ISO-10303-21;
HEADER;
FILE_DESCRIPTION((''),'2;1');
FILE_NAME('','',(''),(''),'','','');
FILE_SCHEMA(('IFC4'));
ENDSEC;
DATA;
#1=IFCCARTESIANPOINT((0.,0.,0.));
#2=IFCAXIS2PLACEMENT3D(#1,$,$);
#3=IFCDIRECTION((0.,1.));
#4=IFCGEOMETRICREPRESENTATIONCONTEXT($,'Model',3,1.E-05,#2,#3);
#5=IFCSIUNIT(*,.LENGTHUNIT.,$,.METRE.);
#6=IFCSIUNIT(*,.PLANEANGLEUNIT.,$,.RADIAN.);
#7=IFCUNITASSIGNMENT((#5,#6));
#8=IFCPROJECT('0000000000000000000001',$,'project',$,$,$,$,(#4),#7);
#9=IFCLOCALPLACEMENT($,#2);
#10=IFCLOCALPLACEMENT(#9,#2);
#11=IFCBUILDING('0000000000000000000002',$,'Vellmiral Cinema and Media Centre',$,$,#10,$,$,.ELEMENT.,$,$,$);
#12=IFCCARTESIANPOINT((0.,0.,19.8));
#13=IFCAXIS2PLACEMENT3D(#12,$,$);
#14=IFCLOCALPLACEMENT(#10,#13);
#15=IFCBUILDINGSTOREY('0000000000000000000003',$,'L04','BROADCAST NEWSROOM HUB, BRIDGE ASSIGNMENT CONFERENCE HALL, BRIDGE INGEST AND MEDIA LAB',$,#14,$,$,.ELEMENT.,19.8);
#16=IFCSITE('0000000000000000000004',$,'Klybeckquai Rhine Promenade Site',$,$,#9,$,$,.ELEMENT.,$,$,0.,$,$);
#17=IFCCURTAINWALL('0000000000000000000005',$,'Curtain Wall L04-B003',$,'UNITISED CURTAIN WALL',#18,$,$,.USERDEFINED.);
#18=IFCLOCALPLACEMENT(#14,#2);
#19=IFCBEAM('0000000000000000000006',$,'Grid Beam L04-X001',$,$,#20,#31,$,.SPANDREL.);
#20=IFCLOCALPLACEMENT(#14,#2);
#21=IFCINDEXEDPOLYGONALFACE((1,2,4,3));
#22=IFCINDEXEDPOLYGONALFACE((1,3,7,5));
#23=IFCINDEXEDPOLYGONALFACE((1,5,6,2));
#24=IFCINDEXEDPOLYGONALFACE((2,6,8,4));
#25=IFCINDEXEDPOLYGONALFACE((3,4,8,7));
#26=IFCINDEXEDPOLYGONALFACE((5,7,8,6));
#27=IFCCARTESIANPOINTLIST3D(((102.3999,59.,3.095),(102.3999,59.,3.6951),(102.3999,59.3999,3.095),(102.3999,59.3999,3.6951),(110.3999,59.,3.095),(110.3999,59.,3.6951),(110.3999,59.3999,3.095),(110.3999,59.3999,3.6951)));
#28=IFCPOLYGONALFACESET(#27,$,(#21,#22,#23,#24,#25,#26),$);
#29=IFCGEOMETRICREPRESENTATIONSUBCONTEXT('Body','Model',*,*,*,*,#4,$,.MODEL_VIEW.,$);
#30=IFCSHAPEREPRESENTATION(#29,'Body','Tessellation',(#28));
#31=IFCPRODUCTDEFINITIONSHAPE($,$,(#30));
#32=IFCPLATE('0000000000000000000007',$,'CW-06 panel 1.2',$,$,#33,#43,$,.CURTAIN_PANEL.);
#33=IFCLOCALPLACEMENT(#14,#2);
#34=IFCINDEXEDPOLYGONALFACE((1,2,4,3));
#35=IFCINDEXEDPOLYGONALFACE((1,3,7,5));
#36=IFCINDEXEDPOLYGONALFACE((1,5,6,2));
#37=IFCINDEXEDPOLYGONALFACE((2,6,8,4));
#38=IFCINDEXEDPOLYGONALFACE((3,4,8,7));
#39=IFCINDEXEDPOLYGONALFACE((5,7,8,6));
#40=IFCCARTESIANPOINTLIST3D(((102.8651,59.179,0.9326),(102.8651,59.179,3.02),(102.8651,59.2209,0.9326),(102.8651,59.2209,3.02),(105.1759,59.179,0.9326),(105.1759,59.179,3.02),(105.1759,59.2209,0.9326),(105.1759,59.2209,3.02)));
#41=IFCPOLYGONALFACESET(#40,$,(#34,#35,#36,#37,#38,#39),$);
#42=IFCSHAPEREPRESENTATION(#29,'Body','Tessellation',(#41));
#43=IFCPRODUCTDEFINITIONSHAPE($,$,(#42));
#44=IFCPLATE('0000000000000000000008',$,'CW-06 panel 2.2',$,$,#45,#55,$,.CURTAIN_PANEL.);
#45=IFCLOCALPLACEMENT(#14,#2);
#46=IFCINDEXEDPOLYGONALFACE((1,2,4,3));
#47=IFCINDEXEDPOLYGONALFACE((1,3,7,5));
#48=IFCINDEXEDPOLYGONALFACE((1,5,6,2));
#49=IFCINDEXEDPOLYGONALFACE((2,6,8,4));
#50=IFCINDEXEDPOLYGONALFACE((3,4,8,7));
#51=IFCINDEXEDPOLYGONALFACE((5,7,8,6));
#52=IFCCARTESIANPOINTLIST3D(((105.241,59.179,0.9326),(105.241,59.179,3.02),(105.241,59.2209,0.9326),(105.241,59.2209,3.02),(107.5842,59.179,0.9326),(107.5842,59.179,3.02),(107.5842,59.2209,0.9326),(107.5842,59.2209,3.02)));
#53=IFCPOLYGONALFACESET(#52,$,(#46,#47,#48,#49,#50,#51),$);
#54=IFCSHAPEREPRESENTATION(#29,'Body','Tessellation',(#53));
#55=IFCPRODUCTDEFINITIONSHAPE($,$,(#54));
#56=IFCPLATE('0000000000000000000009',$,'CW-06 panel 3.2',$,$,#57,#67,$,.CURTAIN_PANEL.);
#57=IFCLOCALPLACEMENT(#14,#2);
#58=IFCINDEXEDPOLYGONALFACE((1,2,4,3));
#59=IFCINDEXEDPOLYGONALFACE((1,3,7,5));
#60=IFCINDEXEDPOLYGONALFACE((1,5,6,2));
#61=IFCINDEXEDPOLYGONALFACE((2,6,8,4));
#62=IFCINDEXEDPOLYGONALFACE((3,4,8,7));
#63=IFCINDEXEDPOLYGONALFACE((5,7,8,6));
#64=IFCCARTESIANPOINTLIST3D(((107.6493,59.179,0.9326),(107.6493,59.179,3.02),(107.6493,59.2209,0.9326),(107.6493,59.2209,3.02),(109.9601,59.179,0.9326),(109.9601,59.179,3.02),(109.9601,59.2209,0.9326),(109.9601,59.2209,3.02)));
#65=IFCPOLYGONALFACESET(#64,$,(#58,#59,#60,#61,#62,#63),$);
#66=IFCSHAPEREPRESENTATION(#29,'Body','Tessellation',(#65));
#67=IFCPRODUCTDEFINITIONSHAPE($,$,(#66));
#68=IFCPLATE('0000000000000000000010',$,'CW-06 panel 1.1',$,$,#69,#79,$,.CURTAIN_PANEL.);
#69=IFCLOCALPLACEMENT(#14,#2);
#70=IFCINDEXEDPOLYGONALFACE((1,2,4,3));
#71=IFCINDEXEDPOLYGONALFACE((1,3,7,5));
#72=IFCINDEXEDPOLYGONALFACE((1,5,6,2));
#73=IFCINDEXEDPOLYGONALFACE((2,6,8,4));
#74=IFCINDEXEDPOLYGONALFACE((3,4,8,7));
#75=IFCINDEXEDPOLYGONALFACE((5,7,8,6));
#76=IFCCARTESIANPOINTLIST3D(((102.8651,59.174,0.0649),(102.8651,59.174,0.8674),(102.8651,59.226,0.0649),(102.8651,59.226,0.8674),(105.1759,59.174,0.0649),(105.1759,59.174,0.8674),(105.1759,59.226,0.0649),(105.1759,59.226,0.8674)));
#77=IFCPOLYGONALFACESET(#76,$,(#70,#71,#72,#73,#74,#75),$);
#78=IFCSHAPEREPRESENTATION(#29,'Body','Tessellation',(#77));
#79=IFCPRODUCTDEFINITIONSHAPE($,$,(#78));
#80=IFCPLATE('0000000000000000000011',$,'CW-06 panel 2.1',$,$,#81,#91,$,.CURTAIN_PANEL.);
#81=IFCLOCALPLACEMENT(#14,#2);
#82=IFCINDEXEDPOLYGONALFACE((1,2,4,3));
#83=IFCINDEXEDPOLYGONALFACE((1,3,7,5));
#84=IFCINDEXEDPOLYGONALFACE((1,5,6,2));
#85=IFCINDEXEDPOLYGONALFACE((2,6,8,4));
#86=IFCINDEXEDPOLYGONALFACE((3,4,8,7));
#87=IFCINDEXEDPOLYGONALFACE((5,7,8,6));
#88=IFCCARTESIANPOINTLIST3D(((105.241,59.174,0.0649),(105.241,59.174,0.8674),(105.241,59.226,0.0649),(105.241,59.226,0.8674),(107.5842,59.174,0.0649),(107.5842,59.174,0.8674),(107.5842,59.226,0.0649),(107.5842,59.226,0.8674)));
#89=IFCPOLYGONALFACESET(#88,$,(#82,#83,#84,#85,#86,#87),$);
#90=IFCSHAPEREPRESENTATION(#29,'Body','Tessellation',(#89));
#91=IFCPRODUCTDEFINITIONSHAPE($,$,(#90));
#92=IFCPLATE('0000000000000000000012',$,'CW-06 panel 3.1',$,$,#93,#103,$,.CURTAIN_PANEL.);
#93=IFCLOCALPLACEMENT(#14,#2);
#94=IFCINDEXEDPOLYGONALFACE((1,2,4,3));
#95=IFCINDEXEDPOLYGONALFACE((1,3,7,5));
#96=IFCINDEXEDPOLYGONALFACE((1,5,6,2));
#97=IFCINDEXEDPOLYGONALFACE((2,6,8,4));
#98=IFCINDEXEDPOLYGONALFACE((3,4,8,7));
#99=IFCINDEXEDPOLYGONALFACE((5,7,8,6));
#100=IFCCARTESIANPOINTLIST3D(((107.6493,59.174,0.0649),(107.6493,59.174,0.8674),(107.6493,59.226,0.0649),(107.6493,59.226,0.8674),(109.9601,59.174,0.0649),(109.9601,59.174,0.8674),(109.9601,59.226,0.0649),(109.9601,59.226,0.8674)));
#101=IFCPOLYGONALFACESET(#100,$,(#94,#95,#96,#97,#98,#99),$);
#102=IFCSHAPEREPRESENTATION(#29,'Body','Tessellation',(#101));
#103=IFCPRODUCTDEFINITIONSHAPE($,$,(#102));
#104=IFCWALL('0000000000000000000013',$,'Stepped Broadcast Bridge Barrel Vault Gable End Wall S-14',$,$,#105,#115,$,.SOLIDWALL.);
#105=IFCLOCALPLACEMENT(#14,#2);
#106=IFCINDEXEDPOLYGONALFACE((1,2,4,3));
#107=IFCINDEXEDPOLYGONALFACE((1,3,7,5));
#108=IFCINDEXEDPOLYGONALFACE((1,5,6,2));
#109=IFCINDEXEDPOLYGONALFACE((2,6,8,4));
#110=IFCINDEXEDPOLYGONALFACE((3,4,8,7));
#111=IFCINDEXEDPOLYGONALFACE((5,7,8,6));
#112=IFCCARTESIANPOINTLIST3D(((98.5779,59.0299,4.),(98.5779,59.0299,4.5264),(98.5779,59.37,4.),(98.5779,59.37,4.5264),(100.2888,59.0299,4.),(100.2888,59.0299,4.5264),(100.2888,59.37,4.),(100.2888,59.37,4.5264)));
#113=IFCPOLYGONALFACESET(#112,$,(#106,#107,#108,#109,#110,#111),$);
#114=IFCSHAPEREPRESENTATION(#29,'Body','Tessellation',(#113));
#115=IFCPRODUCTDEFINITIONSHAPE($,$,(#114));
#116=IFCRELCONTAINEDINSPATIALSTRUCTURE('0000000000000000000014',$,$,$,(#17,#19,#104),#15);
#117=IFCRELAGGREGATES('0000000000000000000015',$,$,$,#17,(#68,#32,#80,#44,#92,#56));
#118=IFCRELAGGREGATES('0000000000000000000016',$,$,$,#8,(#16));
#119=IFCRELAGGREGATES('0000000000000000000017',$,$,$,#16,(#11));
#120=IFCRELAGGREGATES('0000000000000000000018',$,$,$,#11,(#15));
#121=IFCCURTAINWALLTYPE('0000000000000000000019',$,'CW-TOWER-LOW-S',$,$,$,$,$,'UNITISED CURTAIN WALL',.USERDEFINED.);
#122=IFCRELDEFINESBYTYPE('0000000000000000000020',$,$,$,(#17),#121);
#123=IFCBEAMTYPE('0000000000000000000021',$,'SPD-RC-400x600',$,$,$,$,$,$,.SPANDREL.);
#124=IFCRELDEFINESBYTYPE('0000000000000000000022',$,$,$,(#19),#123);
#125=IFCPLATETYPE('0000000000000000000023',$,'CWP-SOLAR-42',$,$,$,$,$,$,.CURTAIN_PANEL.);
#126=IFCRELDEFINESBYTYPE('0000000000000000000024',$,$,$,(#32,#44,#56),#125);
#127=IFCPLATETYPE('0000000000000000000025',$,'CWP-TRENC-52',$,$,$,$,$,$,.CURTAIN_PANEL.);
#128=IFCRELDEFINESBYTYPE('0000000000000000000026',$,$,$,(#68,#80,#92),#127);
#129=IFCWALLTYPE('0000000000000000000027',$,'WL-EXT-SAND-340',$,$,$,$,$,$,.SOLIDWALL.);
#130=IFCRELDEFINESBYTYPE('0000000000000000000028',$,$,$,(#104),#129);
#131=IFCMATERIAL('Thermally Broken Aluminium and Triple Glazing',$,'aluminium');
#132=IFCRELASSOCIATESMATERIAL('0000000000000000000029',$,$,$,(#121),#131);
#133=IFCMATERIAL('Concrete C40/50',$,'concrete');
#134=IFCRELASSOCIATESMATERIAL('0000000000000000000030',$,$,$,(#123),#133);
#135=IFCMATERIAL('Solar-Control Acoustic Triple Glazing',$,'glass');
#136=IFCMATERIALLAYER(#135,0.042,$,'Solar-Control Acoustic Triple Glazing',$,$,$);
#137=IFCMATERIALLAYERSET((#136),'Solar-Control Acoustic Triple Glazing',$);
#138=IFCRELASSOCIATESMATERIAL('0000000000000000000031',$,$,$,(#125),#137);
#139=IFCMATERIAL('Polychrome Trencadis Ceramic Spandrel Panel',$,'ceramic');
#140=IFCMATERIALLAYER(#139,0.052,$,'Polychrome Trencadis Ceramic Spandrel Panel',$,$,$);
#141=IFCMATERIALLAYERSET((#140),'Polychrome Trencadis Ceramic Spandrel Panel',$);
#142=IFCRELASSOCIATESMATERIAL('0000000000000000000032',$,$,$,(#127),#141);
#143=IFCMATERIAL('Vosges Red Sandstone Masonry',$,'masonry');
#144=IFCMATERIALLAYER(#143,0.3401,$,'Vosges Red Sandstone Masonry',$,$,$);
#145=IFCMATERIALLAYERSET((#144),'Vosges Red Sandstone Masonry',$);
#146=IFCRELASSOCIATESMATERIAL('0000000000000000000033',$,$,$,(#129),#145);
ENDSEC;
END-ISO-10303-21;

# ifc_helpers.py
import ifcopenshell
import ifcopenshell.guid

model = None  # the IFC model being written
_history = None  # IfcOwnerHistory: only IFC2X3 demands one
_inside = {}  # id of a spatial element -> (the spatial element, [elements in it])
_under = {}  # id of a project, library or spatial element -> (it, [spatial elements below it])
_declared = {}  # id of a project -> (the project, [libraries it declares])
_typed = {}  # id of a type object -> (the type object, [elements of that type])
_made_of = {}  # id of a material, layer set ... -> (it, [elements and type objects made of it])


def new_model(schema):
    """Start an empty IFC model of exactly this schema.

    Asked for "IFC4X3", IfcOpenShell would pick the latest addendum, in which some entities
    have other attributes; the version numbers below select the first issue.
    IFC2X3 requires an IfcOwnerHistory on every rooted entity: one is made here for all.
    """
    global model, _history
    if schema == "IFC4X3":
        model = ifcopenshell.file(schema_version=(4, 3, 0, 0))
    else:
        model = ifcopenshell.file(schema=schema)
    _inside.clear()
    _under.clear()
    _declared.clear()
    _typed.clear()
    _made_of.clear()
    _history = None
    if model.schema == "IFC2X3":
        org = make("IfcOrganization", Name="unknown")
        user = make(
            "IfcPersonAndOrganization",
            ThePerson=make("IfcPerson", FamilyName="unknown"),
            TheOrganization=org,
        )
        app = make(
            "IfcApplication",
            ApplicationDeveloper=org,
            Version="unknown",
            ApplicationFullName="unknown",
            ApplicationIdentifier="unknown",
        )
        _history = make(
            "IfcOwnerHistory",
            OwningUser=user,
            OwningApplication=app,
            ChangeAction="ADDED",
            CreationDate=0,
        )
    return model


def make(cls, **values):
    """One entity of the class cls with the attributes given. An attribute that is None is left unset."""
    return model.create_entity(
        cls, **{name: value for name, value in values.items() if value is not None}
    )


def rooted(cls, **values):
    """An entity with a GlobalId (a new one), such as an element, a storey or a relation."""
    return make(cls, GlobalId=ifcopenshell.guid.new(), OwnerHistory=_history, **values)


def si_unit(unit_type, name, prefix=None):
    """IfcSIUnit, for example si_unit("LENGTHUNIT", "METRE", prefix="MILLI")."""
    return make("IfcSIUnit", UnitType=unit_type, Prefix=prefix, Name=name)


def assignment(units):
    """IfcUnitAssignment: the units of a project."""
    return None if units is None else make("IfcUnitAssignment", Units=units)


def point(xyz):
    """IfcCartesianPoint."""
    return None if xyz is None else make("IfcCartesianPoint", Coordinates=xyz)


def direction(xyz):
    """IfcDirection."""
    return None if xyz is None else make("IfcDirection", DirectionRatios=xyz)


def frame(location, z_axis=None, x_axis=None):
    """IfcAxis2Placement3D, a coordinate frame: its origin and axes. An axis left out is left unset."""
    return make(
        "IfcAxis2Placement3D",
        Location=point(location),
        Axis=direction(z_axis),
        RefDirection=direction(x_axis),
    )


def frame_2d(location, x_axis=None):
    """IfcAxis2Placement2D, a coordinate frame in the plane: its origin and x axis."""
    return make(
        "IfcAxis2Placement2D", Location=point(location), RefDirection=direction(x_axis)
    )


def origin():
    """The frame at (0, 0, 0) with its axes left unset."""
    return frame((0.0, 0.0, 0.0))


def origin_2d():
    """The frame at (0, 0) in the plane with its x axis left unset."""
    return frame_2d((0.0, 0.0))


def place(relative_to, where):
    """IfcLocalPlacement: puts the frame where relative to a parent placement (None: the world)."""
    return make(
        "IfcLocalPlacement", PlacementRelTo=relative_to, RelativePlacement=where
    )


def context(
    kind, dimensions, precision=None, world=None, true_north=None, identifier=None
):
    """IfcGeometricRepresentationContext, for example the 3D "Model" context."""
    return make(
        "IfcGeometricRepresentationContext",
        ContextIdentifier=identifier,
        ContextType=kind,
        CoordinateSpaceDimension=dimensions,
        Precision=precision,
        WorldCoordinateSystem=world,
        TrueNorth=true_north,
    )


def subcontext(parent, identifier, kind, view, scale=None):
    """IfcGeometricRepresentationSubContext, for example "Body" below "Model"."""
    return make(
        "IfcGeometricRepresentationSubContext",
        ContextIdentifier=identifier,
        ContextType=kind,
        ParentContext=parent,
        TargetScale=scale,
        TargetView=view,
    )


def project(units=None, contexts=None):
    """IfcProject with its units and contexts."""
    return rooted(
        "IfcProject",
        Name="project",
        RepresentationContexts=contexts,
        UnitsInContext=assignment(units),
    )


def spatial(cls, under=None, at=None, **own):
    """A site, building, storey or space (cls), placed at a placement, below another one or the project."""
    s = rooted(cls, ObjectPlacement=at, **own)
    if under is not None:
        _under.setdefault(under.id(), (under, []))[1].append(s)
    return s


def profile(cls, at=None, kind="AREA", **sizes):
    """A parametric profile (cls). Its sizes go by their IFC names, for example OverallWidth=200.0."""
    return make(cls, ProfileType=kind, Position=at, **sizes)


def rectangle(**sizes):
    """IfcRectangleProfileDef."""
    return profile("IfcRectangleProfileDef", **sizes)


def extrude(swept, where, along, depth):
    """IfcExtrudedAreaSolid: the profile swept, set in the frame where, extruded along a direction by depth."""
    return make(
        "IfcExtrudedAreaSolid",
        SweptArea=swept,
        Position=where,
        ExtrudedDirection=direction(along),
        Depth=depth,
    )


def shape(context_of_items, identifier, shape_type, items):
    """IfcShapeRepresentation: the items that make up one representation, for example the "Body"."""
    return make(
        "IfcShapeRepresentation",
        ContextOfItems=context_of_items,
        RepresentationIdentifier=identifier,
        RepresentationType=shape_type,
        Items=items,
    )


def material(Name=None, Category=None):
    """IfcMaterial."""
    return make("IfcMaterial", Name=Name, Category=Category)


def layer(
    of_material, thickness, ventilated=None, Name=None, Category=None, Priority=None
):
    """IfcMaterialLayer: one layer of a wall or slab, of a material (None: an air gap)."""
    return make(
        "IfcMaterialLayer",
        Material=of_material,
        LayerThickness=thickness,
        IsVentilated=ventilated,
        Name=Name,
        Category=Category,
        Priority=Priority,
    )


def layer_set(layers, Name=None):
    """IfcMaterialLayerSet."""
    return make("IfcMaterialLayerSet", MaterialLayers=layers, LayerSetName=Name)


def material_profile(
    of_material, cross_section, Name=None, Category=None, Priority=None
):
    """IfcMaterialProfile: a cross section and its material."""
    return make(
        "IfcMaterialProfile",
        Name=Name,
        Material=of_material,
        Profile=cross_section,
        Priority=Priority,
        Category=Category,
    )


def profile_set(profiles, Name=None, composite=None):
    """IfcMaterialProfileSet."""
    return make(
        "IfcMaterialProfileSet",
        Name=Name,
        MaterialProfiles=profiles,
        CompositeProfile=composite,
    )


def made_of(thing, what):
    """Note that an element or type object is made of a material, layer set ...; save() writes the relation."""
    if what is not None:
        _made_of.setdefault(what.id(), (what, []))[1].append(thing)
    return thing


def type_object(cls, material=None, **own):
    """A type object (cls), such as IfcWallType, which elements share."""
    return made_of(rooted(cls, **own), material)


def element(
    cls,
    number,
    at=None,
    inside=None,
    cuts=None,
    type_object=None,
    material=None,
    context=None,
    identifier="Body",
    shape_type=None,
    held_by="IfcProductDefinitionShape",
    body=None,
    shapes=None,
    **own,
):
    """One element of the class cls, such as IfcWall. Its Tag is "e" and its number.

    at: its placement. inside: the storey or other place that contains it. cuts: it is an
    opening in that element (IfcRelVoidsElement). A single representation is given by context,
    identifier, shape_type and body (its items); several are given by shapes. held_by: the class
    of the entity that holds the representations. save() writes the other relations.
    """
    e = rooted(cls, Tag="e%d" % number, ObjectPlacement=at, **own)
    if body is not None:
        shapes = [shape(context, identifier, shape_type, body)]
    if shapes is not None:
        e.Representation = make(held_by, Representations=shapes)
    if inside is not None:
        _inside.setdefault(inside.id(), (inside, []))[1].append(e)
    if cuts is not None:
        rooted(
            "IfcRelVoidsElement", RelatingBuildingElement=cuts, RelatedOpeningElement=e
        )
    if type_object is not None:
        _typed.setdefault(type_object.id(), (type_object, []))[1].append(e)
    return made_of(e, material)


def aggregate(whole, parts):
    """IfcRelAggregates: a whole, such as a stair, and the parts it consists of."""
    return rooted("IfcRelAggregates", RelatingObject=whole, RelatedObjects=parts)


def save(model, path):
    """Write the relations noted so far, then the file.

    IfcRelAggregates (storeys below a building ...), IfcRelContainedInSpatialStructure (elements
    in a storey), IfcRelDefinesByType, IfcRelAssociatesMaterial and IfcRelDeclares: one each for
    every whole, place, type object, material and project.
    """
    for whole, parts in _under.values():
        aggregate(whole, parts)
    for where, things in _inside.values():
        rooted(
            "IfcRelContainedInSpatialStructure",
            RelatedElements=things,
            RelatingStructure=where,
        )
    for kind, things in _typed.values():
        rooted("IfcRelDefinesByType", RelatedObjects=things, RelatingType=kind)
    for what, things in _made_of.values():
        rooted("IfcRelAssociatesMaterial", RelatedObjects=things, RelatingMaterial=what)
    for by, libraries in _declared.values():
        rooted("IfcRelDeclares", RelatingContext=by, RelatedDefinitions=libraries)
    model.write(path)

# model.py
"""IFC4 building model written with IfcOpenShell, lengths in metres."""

from ifc_helpers import new_model, si_unit, direction, frame, frame_2d, origin, origin_2d, place, context, subcontext, project, spatial, rectangle, extrude, material, layer, layer_set, material_profile, profile_set, type_object, element, aggregate, save


model = new_model("IFC4")

# Units and contexts
model_context = context("Model", 3, precision=1e-05, world=origin(), true_north=direction((0.0, 1.0)))
body_context = subcontext(model_context, "Body", "Model", "MODEL_VIEW")
ifc_project = project(units=[si_unit("LENGTHUNIT", "METRE"), si_unit("PLANEANGLEUNIT", "RADIAN")], contexts=[model_context])

# Site, building, storey
site_placement = place(None, origin())
site = spatial("IfcSite", under=ifc_project, at=site_placement, Name="Klybeckquai Rhine Promenade Site", CompositionType="ELEMENT", RefElevation=0.0)
building_placement = place(site_placement, origin())
building = spatial("IfcBuilding", under=site, at=building_placement, Name="Vellmiral Cinema and Media Centre", CompositionType="ELEMENT")
storey_placement = place(building_placement, frame((0.0, 0.0, 19.8)))
storey = spatial("IfcBuildingStorey", under=building, at=storey_placement, Name="L04", Description="BROADCAST NEWSROOM HUB, BRIDGE ASSIGNMENT CONFERENCE HALL, BRIDGE INGEST AND MEDIA LAB", CompositionType="ELEMENT", Elevation=19.8)

# Curtain wall
ifc_material_1 = material(Name="Thermally Broken Aluminium and Triple Glazing", Category="aluminium")
curtain_wall_type = type_object("IfcCurtainWallType", Name="CW-TOWER-LOW-S", ElementType="UNITISED CURTAIN WALL", PredefinedType="USERDEFINED", material=ifc_material_1)
curtain_wall_placement = place(storey_placement, origin())
curtain_wall = element("IfcCurtainWall", 1, at=curtain_wall_placement, inside=storey, type_object=curtain_wall_type, Name="Curtain Wall L04-B003", ObjectType="UNITISED CURTAIN WALL", PredefinedType="USERDEFINED")

# Beam
ifc_material_2 = material(Name="Concrete C40/50", Category="concrete")
ifc_material_profile_1 = material_profile(ifc_material_2, rectangle(XDim=0.3999, YDim=0.6001, at=origin_2d()), Name="RC 400x600")
ifc_profile_set_1 = profile_set([ifc_material_profile_1], Name="Concrete C40/50")
beam_type_1 = type_object("IfcBeamType", Name="SPD-RC-400x600", PredefinedType="SPANDREL", material=ifc_profile_set_1)
beam_1_placement = place(storey_placement, frame((102.3999, 59.2, 3.395), z_axis=(1.0, 0.0, 0.0), x_axis=(0.0, 1.0, 0.0)))
element("IfcBeam", 2, at=beam_1_placement, inside=storey, type_object=beam_type_1, Name="Grid Beam L04-X001", PredefinedType="SPANDREL", context=body_context, shape_type="SweptSolid", body=[
    extrude(rectangle(XDim=0.3999, YDim=0.6001, at=origin_2d()), origin(), (0.0, 0.0, 1.0), 8.0),
])

# Plates
ifc_material_3 = material(Name="Solar-Control Acoustic Triple Glazing", Category="glass")
ifc_layer_1 = layer(ifc_material_3, 0.042, Name="Solar-Control Acoustic Triple Glazing")
ifc_layer_set_1 = layer_set([ifc_layer_1], Name="Solar-Control Acoustic Triple Glazing")
plate_type_1 = type_object("IfcPlateType", Name="CWP-SOLAR-42", PredefinedType="CURTAIN_PANEL", material=ifc_layer_set_1)
plate_1_placement = place(storey_placement, frame((104.0205, 59.2, 0.9326), z_axis=(0.0, 0.0, 1.0), x_axis=(1.0, 0.0, 0.0)))
plate_1 = element("IfcPlate", 3, at=plate_1_placement, type_object=plate_type_1, Name="CW-06 panel 1.2", PredefinedType="CURTAIN_PANEL", context=body_context, shape_type="SweptSolid", body=[
    extrude(rectangle(XDim=2.3108, YDim=0.042, at=origin_2d()), origin(), (0.0, 0.0, 1.0), 2.0874),
])
plate_2_placement = place(storey_placement, frame((106.4126, 59.2, 0.9326), z_axis=(0.0, 0.0, 1.0), x_axis=(1.0, 0.0, 0.0)))
plate_2 = element("IfcPlate", 4, at=plate_2_placement, type_object=plate_type_1, Name="CW-06 panel 2.2", PredefinedType="CURTAIN_PANEL", context=body_context, shape_type="SweptSolid", body=[
    extrude(rectangle(XDim=2.3433, YDim=0.042, at=origin_2d()), origin(), (0.0, 0.0, 1.0), 2.0874),
])
plate_3_placement = place(storey_placement, frame((108.8047, 59.2, 0.9326), z_axis=(0.0, 0.0, 1.0), x_axis=(1.0, 0.0, 0.0)))
plate_3 = element("IfcPlate", 5, at=plate_3_placement, type_object=plate_type_1, Name="CW-06 panel 3.2", PredefinedType="CURTAIN_PANEL", context=body_context, shape_type="SweptSolid", body=[
    extrude(rectangle(XDim=2.3108, YDim=0.042, at=origin_2d()), origin(), (0.0, 0.0, 1.0), 2.0874),
])
ifc_material_4 = material(Name="Polychrome Trencadis Ceramic Spandrel Panel", Category="ceramic")
ifc_layer_2 = layer(ifc_material_4, 0.052, Name="Polychrome Trencadis Ceramic Spandrel Panel")
ifc_layer_set_2 = layer_set([ifc_layer_2], Name="Polychrome Trencadis Ceramic Spandrel Panel")
plate_type_2 = type_object("IfcPlateType", Name="CWP-TRENC-52", PredefinedType="CURTAIN_PANEL", material=ifc_layer_set_2)
plate_4_placement = place(storey_placement, frame((104.0205, 59.2, 0.0649), z_axis=(0.0, 0.0, 1.0), x_axis=(1.0, 0.0, 0.0)))
plate_4 = element("IfcPlate", 6, at=plate_4_placement, type_object=plate_type_2, Name="CW-06 panel 1.1", PredefinedType="CURTAIN_PANEL", context=body_context, shape_type="SweptSolid", body=[
    extrude(rectangle(XDim=2.3108, YDim=0.052, at=origin_2d()), origin(), (0.0, 0.0, 1.0), 0.8025),
])
plate_5_placement = place(storey_placement, frame((106.4126, 59.2, 0.0649), z_axis=(0.0, 0.0, 1.0), x_axis=(1.0, 0.0, 0.0)))
plate_5 = element("IfcPlate", 7, at=plate_5_placement, type_object=plate_type_2, Name="CW-06 panel 2.1", PredefinedType="CURTAIN_PANEL", context=body_context, shape_type="SweptSolid", body=[
    extrude(rectangle(XDim=2.3433, YDim=0.052, at=origin_2d()), origin(), (0.0, 0.0, 1.0), 0.8025),
])
plate_6_placement = place(storey_placement, frame((108.8047, 59.2, 0.0649), z_axis=(0.0, 0.0, 1.0), x_axis=(1.0, 0.0, 0.0)))
plate_6 = element("IfcPlate", 8, at=plate_6_placement, type_object=plate_type_2, Name="CW-06 panel 3.1", PredefinedType="CURTAIN_PANEL", context=body_context, shape_type="SweptSolid", body=[
    extrude(rectangle(XDim=2.3108, YDim=0.052, at=origin_2d()), origin(), (0.0, 0.0, 1.0), 0.8025),
])
aggregate(curtain_wall, [plate_4, plate_1, plate_5, plate_2, plate_6, plate_3])

# Wall
ifc_material_5 = material(Name="Vosges Red Sandstone Masonry", Category="masonry")
ifc_layer_3 = layer(ifc_material_5, 0.3401, Name="Vosges Red Sandstone Masonry")
ifc_layer_set_3 = layer_set([ifc_layer_3], Name="Vosges Red Sandstone Masonry")
wall_type = type_object("IfcWallType", Name="WL-EXT-SAND-340", PredefinedType="SOLIDWALL", material=ifc_layer_set_3)
wall_placement = place(storey_placement, frame((98.5779, 59.2, 4.0), z_axis=(0.0, 0.0, 1.0), x_axis=(1.0, 0.0, 0.0)))
element("IfcWall", 9, at=wall_placement, inside=storey, type_object=wall_type, Name="Stepped Broadcast Bridge Barrel Vault Gable End Wall S-14", PredefinedType="SOLIDWALL", context=body_context, shape_type="SweptSolid", body=[
    extrude(rectangle(XDim=1.7109, YDim=0.3401, at=frame_2d((0.8555, 0.0))), origin(), (0.0, 0.0, 1.0), 0.5264),
])

save(model, "model.ifc")
